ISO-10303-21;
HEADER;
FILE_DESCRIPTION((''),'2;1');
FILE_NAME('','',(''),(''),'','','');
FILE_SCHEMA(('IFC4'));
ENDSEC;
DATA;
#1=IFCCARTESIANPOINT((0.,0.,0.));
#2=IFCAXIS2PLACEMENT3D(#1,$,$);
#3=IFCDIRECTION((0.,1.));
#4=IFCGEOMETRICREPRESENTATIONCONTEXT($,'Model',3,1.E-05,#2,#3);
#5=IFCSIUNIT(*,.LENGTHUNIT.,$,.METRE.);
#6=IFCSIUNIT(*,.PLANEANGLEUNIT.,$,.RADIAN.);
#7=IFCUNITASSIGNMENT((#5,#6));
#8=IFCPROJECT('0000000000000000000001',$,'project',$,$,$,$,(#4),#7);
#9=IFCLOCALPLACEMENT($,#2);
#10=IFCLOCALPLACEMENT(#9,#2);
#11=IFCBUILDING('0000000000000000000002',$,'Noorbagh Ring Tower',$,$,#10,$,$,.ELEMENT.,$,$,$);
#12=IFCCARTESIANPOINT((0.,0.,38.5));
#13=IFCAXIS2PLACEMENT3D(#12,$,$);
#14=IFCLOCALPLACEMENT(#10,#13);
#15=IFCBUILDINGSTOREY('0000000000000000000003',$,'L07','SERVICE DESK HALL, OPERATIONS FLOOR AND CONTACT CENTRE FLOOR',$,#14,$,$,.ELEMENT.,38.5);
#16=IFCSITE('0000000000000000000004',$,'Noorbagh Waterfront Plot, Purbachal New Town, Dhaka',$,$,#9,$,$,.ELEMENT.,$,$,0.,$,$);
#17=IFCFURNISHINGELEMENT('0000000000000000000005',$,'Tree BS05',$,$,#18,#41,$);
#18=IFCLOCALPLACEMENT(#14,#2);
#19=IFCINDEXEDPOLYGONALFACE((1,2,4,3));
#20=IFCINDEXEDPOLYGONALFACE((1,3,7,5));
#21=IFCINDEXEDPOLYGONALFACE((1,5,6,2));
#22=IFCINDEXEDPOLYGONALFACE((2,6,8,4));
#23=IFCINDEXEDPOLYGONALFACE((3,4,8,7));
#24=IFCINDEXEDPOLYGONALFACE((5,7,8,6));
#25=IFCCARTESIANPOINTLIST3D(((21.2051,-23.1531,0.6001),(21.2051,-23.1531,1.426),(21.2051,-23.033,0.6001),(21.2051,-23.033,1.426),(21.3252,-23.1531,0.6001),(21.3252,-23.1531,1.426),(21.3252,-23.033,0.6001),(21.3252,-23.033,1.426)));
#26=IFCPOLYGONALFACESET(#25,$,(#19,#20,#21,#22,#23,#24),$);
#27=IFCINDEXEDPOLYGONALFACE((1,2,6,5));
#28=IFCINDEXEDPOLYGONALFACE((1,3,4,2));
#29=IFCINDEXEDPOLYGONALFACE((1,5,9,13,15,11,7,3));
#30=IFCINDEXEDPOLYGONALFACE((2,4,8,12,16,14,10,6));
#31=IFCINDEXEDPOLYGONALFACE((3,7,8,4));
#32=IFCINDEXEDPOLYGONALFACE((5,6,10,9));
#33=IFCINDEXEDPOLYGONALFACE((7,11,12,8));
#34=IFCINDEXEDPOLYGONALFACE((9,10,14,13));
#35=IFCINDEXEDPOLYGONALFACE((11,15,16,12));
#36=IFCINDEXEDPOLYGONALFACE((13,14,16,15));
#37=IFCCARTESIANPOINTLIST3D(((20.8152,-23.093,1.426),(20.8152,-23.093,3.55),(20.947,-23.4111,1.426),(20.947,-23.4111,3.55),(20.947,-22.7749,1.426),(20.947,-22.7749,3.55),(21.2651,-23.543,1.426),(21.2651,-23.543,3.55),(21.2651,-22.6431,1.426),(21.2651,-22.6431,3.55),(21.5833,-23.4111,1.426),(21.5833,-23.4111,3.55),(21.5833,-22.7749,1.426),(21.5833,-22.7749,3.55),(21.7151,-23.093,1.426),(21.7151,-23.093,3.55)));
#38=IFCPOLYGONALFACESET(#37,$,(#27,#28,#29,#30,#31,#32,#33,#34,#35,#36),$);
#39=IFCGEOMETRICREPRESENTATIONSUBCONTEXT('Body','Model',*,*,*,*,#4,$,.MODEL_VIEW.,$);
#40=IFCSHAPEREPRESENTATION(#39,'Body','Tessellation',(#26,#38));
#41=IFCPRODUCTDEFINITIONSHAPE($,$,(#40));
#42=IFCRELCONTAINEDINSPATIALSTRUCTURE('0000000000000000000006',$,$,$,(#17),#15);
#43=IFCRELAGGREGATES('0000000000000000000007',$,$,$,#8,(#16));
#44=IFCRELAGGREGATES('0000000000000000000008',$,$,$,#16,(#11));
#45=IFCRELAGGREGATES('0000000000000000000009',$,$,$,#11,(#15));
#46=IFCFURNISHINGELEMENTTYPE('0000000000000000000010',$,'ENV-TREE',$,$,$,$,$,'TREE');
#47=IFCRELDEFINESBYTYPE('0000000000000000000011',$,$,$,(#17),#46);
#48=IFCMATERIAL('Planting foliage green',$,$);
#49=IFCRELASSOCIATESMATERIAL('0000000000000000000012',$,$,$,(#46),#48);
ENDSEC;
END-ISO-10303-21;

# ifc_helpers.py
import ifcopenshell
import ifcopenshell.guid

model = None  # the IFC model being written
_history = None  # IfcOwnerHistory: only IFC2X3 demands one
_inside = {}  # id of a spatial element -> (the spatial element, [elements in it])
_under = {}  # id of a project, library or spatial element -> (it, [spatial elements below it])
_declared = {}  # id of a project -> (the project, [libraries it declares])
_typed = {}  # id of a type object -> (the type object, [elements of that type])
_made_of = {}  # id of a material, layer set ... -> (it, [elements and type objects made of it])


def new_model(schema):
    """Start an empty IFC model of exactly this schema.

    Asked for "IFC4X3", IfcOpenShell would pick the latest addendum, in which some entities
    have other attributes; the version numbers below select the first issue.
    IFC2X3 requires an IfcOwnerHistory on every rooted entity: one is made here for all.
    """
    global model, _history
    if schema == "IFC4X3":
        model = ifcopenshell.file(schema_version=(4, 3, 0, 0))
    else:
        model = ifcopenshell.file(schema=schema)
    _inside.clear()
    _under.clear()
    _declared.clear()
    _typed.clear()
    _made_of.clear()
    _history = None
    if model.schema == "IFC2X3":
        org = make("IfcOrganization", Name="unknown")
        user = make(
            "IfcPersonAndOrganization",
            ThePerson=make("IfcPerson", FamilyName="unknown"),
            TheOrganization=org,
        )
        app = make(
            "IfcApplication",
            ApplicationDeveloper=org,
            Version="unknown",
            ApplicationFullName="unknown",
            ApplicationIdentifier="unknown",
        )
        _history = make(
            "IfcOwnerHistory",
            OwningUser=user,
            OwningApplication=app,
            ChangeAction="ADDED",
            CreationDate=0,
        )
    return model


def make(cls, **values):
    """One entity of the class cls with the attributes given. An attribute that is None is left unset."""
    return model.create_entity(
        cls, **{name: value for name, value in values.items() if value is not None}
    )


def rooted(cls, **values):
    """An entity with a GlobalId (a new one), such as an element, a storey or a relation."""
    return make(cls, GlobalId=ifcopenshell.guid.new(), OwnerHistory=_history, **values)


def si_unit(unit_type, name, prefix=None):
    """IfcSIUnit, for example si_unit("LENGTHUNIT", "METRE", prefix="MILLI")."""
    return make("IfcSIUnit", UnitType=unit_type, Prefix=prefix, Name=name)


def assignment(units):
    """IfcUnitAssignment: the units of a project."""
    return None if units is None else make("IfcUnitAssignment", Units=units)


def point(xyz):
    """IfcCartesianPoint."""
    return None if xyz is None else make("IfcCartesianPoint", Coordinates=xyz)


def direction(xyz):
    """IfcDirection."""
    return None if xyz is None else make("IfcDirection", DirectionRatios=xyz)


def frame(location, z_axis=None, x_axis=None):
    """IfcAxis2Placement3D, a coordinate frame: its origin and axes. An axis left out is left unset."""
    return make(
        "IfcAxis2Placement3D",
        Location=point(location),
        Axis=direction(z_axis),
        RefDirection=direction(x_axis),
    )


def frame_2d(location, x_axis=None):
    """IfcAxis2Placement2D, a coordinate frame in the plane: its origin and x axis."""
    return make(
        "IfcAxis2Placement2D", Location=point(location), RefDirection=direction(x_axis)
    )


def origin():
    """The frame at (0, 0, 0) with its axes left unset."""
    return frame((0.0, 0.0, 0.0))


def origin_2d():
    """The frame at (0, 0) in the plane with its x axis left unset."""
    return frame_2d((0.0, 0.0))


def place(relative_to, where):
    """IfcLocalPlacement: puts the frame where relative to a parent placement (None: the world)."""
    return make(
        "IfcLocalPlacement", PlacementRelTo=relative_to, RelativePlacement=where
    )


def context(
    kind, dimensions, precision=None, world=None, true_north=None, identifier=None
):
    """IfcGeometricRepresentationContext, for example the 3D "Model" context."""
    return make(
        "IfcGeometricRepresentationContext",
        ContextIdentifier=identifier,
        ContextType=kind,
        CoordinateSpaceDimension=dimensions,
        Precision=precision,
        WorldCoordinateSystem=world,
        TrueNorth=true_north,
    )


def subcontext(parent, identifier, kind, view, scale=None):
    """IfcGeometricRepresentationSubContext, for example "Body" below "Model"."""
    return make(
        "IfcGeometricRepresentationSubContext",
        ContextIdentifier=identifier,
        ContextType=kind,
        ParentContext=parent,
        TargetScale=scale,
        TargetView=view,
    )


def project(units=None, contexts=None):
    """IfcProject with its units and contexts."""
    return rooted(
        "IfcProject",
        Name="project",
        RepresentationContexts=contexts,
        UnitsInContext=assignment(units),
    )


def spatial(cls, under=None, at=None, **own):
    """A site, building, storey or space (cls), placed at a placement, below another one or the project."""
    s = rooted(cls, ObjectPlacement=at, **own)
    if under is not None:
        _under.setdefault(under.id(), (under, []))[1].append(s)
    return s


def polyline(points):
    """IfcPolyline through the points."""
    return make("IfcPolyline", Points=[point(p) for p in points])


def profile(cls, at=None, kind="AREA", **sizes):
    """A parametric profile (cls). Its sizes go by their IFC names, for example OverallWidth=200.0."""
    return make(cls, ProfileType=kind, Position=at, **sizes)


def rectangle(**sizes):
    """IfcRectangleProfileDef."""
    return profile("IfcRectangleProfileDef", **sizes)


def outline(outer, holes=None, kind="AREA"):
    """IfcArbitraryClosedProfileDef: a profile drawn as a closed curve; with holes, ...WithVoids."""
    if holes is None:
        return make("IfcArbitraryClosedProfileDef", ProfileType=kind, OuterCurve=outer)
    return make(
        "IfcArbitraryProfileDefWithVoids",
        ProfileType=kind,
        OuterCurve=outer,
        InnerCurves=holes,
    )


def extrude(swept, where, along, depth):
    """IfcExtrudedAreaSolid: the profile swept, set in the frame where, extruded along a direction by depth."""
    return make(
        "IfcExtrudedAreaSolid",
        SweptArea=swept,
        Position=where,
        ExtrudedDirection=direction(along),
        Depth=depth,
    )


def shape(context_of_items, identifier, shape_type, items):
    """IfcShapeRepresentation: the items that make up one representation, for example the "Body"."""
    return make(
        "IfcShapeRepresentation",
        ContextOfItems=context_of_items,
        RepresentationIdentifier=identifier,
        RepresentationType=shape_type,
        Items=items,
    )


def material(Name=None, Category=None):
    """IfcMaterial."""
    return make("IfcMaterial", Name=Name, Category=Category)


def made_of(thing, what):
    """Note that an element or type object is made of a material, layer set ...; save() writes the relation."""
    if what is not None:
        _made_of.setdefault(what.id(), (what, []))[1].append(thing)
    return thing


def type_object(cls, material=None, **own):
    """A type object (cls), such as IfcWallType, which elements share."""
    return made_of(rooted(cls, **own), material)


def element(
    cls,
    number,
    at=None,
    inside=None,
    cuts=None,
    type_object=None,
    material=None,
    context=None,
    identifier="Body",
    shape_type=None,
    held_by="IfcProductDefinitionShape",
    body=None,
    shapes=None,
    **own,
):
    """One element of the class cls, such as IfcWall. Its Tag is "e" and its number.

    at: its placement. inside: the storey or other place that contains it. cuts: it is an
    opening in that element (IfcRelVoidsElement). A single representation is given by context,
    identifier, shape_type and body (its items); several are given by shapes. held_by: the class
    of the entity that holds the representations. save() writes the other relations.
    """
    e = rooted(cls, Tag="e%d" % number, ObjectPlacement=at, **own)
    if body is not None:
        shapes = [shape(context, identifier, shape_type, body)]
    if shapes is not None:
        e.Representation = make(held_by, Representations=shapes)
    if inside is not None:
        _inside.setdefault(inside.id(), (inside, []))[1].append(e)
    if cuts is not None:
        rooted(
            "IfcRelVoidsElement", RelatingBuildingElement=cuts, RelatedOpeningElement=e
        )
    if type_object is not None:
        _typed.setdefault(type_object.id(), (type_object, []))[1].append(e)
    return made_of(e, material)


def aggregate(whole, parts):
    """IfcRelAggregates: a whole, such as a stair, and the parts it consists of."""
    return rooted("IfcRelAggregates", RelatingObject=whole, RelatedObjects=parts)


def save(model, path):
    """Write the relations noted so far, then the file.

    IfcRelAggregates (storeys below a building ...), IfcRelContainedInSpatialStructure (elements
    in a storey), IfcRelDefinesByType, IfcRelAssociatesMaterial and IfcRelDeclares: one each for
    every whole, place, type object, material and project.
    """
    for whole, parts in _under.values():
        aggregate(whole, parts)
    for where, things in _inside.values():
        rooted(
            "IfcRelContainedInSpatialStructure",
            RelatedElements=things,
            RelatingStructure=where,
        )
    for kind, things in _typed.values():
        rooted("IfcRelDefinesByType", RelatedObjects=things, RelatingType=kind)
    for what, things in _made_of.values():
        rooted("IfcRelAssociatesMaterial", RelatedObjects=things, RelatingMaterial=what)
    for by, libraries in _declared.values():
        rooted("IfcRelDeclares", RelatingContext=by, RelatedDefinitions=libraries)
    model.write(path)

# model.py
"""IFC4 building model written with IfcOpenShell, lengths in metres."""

from ifc_helpers import new_model, si_unit, direction, frame, origin, origin_2d, place, context, subcontext, project, spatial, polyline, rectangle, outline, extrude, material, type_object, element, save


model = new_model("IFC4")

# Units and contexts
model_context = context("Model", 3, precision=1e-05, world=origin(), true_north=direction((0.0, 1.0)))
body_context = subcontext(model_context, "Body", "Model", "MODEL_VIEW")
ifc_project = project(units=[si_unit("LENGTHUNIT", "METRE"), si_unit("PLANEANGLEUNIT", "RADIAN")], contexts=[model_context])

# Site, building, storey
site_placement = place(None, origin())
site = spatial("IfcSite", under=ifc_project, at=site_placement, Name="Noorbagh Waterfront Plot, Purbachal New Town, Dhaka", CompositionType="ELEMENT", RefElevation=0.0)
building_placement = place(site_placement, origin())
building = spatial("IfcBuilding", under=site, at=building_placement, Name="Noorbagh Ring Tower", CompositionType="ELEMENT")
storey_placement = place(building_placement, frame((0.0, 0.0, 38.5)))
storey = spatial("IfcBuildingStorey", under=building, at=storey_placement, Name="L07", Description="SERVICE DESK HALL, OPERATIONS FLOOR AND CONTACT CENTRE FLOOR", CompositionType="ELEMENT", Elevation=38.5)

# Furnishing element
ifc_material_1 = material(Name="Planting foliage green")
furnishing_element_type = type_object("IfcFurnishingElementType", Name="ENV-TREE", ElementType="TREE", material=ifc_material_1)
furnishing_placement = place(storey_placement, frame((21.2651, -23.093, 0.6001), z_axis=(0.0, 0.0, 1.0), x_axis=(1.0, 0.0, 0.0)))
element("IfcFurnishingElement", 1, at=furnishing_placement, inside=storey, type_object=furnishing_element_type, Name="Tree BS05", context=body_context, shape_type="SweptSolid", body=[
    extrude(rectangle(XDim=0.1201, YDim=0.1201, at=origin_2d()), origin(), (0.0, 0.0, 1.0), 0.8259),
    extrude(outline(polyline([(0.45, 0.0), (0.3181, 0.3181), (0.0, 0.45), (-0.3181, 0.3181), (-0.45, 0.0), (-0.3181, -0.3181), (0.0, -0.45), (0.3181, -0.3181), (0.45, 0.0)])), frame((0.0, 0.0, 0.8259)), (0.0, 0.0, 1.0), 2.124),
])

save(model, "model.ifc")
